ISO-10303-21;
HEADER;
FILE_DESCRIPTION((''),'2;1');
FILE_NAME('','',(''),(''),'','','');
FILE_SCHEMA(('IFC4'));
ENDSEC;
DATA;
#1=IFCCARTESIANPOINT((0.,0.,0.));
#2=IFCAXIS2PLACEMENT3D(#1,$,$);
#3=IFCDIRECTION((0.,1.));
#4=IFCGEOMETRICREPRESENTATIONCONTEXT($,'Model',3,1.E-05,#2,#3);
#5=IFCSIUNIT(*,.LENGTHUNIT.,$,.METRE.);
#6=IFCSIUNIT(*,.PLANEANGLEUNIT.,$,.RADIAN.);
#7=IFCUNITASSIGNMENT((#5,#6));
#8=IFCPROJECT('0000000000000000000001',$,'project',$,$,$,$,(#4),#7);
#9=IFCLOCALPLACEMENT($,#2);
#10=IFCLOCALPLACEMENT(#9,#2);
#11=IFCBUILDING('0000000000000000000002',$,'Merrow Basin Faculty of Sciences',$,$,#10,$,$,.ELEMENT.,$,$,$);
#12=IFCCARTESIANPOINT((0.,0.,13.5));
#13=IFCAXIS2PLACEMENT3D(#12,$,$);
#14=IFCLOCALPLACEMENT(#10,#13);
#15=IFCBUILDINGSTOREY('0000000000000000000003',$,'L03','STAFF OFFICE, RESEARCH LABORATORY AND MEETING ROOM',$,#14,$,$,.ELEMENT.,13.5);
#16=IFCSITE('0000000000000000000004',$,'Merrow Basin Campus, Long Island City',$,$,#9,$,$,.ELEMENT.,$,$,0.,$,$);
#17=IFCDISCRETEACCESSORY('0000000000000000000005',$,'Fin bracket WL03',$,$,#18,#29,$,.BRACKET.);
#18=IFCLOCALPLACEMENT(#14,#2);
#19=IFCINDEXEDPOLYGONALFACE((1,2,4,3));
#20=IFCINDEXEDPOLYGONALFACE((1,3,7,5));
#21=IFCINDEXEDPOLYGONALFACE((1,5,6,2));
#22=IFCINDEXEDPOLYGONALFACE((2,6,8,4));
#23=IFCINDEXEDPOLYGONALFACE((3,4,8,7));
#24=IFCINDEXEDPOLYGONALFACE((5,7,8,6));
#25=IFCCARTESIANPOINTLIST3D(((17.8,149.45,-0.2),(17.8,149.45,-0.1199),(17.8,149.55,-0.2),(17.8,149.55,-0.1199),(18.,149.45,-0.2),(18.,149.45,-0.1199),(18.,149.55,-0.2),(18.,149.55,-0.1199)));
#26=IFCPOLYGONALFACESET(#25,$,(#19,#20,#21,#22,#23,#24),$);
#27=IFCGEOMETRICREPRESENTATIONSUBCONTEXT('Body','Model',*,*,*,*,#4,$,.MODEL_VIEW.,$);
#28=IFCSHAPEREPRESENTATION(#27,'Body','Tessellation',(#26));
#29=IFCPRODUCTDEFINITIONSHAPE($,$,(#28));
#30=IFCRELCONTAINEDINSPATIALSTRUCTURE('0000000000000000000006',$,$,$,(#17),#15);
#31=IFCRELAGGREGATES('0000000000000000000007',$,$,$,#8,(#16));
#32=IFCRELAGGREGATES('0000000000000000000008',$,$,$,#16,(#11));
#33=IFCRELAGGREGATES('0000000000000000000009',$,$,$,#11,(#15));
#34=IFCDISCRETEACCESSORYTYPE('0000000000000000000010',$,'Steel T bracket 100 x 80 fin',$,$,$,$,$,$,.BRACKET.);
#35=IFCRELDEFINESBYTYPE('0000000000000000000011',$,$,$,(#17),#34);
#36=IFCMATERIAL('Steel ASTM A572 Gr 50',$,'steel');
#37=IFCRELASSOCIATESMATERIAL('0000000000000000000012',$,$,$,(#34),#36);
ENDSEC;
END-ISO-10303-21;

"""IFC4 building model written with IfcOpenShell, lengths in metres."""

from ifc_helpers import new_model, si_unit, direction, frame, origin, place, context, subcontext, project, spatial, polyline, outline, extrude, source, transform, mapped, material, type_object, element, save


model = new_model("IFC4")

# Units and contexts
model_context = context("Model", 3, precision=1e-05, world=origin(), true_north=direction((0.0, 1.0)))
body_context = subcontext(model_context, "Body", "Model", "MODEL_VIEW")
ifc_project = project(units=[si_unit("LENGTHUNIT", "METRE"), si_unit("PLANEANGLEUNIT", "RADIAN")], contexts=[model_context])

# Site, building, storey
site_placement = place(None, origin())
site = spatial("IfcSite", under=ifc_project, at=site_placement, Name="Merrow Basin Campus, Long Island City", CompositionType="ELEMENT", RefElevation=0.0)
building_placement = place(site_placement, origin())
building = spatial("IfcBuilding", under=site, at=building_placement, Name="Merrow Basin Faculty of Sciences", CompositionType="ELEMENT")
storey_placement = place(building_placement, frame((0.0, 0.0, 13.5)))
storey = spatial("IfcBuildingStorey", under=building, at=storey_placement, Name="L03", Description="STAFF OFFICE, RESEARCH LABORATORY AND MEETING ROOM", CompositionType="ELEMENT", Elevation=13.5)

# Discrete accessory
ifc_material_1 = material(Name="Steel ASTM A572 Gr 50", Category="steel")
discrete_accessory_type = type_object("IfcDiscreteAccessoryType", Name="Steel T bracket 100 x 80 fin", PredefinedType="BRACKET", material=ifc_material_1)
shared_shape_1 = source(origin(), body_context, "Body", "SweptSolid", [
    extrude(outline(polyline([(0.0, 0.0), (0.1001, 0.0), (0.1001, 0.0801), (0.0, 0.0801), (0.0, 0.0)])), origin(), (0.0, 0.0, 1.0), 0.2),
])
for number, where, z_axis, x_axis, name in (
    (1, (18.0, 149.55, -0.2), (-1.0, 0.0, 0.0), (0.0, -1.0, 0.0), "Fin bracket WL03"),
):
    element("IfcDiscreteAccessory", number, at=place(storey_placement, frame(where, z_axis=z_axis, x_axis=x_axis)), inside=storey, type_object=discrete_accessory_type, Name=name, PredefinedType="BRACKET", context=body_context, shape_type="MappedRepresentation", body=[
        mapped(shared_shape_1, transform((0.0, 0.0, 0.0), scale=1.0)),
    ])

save(model, "model.ifc")
